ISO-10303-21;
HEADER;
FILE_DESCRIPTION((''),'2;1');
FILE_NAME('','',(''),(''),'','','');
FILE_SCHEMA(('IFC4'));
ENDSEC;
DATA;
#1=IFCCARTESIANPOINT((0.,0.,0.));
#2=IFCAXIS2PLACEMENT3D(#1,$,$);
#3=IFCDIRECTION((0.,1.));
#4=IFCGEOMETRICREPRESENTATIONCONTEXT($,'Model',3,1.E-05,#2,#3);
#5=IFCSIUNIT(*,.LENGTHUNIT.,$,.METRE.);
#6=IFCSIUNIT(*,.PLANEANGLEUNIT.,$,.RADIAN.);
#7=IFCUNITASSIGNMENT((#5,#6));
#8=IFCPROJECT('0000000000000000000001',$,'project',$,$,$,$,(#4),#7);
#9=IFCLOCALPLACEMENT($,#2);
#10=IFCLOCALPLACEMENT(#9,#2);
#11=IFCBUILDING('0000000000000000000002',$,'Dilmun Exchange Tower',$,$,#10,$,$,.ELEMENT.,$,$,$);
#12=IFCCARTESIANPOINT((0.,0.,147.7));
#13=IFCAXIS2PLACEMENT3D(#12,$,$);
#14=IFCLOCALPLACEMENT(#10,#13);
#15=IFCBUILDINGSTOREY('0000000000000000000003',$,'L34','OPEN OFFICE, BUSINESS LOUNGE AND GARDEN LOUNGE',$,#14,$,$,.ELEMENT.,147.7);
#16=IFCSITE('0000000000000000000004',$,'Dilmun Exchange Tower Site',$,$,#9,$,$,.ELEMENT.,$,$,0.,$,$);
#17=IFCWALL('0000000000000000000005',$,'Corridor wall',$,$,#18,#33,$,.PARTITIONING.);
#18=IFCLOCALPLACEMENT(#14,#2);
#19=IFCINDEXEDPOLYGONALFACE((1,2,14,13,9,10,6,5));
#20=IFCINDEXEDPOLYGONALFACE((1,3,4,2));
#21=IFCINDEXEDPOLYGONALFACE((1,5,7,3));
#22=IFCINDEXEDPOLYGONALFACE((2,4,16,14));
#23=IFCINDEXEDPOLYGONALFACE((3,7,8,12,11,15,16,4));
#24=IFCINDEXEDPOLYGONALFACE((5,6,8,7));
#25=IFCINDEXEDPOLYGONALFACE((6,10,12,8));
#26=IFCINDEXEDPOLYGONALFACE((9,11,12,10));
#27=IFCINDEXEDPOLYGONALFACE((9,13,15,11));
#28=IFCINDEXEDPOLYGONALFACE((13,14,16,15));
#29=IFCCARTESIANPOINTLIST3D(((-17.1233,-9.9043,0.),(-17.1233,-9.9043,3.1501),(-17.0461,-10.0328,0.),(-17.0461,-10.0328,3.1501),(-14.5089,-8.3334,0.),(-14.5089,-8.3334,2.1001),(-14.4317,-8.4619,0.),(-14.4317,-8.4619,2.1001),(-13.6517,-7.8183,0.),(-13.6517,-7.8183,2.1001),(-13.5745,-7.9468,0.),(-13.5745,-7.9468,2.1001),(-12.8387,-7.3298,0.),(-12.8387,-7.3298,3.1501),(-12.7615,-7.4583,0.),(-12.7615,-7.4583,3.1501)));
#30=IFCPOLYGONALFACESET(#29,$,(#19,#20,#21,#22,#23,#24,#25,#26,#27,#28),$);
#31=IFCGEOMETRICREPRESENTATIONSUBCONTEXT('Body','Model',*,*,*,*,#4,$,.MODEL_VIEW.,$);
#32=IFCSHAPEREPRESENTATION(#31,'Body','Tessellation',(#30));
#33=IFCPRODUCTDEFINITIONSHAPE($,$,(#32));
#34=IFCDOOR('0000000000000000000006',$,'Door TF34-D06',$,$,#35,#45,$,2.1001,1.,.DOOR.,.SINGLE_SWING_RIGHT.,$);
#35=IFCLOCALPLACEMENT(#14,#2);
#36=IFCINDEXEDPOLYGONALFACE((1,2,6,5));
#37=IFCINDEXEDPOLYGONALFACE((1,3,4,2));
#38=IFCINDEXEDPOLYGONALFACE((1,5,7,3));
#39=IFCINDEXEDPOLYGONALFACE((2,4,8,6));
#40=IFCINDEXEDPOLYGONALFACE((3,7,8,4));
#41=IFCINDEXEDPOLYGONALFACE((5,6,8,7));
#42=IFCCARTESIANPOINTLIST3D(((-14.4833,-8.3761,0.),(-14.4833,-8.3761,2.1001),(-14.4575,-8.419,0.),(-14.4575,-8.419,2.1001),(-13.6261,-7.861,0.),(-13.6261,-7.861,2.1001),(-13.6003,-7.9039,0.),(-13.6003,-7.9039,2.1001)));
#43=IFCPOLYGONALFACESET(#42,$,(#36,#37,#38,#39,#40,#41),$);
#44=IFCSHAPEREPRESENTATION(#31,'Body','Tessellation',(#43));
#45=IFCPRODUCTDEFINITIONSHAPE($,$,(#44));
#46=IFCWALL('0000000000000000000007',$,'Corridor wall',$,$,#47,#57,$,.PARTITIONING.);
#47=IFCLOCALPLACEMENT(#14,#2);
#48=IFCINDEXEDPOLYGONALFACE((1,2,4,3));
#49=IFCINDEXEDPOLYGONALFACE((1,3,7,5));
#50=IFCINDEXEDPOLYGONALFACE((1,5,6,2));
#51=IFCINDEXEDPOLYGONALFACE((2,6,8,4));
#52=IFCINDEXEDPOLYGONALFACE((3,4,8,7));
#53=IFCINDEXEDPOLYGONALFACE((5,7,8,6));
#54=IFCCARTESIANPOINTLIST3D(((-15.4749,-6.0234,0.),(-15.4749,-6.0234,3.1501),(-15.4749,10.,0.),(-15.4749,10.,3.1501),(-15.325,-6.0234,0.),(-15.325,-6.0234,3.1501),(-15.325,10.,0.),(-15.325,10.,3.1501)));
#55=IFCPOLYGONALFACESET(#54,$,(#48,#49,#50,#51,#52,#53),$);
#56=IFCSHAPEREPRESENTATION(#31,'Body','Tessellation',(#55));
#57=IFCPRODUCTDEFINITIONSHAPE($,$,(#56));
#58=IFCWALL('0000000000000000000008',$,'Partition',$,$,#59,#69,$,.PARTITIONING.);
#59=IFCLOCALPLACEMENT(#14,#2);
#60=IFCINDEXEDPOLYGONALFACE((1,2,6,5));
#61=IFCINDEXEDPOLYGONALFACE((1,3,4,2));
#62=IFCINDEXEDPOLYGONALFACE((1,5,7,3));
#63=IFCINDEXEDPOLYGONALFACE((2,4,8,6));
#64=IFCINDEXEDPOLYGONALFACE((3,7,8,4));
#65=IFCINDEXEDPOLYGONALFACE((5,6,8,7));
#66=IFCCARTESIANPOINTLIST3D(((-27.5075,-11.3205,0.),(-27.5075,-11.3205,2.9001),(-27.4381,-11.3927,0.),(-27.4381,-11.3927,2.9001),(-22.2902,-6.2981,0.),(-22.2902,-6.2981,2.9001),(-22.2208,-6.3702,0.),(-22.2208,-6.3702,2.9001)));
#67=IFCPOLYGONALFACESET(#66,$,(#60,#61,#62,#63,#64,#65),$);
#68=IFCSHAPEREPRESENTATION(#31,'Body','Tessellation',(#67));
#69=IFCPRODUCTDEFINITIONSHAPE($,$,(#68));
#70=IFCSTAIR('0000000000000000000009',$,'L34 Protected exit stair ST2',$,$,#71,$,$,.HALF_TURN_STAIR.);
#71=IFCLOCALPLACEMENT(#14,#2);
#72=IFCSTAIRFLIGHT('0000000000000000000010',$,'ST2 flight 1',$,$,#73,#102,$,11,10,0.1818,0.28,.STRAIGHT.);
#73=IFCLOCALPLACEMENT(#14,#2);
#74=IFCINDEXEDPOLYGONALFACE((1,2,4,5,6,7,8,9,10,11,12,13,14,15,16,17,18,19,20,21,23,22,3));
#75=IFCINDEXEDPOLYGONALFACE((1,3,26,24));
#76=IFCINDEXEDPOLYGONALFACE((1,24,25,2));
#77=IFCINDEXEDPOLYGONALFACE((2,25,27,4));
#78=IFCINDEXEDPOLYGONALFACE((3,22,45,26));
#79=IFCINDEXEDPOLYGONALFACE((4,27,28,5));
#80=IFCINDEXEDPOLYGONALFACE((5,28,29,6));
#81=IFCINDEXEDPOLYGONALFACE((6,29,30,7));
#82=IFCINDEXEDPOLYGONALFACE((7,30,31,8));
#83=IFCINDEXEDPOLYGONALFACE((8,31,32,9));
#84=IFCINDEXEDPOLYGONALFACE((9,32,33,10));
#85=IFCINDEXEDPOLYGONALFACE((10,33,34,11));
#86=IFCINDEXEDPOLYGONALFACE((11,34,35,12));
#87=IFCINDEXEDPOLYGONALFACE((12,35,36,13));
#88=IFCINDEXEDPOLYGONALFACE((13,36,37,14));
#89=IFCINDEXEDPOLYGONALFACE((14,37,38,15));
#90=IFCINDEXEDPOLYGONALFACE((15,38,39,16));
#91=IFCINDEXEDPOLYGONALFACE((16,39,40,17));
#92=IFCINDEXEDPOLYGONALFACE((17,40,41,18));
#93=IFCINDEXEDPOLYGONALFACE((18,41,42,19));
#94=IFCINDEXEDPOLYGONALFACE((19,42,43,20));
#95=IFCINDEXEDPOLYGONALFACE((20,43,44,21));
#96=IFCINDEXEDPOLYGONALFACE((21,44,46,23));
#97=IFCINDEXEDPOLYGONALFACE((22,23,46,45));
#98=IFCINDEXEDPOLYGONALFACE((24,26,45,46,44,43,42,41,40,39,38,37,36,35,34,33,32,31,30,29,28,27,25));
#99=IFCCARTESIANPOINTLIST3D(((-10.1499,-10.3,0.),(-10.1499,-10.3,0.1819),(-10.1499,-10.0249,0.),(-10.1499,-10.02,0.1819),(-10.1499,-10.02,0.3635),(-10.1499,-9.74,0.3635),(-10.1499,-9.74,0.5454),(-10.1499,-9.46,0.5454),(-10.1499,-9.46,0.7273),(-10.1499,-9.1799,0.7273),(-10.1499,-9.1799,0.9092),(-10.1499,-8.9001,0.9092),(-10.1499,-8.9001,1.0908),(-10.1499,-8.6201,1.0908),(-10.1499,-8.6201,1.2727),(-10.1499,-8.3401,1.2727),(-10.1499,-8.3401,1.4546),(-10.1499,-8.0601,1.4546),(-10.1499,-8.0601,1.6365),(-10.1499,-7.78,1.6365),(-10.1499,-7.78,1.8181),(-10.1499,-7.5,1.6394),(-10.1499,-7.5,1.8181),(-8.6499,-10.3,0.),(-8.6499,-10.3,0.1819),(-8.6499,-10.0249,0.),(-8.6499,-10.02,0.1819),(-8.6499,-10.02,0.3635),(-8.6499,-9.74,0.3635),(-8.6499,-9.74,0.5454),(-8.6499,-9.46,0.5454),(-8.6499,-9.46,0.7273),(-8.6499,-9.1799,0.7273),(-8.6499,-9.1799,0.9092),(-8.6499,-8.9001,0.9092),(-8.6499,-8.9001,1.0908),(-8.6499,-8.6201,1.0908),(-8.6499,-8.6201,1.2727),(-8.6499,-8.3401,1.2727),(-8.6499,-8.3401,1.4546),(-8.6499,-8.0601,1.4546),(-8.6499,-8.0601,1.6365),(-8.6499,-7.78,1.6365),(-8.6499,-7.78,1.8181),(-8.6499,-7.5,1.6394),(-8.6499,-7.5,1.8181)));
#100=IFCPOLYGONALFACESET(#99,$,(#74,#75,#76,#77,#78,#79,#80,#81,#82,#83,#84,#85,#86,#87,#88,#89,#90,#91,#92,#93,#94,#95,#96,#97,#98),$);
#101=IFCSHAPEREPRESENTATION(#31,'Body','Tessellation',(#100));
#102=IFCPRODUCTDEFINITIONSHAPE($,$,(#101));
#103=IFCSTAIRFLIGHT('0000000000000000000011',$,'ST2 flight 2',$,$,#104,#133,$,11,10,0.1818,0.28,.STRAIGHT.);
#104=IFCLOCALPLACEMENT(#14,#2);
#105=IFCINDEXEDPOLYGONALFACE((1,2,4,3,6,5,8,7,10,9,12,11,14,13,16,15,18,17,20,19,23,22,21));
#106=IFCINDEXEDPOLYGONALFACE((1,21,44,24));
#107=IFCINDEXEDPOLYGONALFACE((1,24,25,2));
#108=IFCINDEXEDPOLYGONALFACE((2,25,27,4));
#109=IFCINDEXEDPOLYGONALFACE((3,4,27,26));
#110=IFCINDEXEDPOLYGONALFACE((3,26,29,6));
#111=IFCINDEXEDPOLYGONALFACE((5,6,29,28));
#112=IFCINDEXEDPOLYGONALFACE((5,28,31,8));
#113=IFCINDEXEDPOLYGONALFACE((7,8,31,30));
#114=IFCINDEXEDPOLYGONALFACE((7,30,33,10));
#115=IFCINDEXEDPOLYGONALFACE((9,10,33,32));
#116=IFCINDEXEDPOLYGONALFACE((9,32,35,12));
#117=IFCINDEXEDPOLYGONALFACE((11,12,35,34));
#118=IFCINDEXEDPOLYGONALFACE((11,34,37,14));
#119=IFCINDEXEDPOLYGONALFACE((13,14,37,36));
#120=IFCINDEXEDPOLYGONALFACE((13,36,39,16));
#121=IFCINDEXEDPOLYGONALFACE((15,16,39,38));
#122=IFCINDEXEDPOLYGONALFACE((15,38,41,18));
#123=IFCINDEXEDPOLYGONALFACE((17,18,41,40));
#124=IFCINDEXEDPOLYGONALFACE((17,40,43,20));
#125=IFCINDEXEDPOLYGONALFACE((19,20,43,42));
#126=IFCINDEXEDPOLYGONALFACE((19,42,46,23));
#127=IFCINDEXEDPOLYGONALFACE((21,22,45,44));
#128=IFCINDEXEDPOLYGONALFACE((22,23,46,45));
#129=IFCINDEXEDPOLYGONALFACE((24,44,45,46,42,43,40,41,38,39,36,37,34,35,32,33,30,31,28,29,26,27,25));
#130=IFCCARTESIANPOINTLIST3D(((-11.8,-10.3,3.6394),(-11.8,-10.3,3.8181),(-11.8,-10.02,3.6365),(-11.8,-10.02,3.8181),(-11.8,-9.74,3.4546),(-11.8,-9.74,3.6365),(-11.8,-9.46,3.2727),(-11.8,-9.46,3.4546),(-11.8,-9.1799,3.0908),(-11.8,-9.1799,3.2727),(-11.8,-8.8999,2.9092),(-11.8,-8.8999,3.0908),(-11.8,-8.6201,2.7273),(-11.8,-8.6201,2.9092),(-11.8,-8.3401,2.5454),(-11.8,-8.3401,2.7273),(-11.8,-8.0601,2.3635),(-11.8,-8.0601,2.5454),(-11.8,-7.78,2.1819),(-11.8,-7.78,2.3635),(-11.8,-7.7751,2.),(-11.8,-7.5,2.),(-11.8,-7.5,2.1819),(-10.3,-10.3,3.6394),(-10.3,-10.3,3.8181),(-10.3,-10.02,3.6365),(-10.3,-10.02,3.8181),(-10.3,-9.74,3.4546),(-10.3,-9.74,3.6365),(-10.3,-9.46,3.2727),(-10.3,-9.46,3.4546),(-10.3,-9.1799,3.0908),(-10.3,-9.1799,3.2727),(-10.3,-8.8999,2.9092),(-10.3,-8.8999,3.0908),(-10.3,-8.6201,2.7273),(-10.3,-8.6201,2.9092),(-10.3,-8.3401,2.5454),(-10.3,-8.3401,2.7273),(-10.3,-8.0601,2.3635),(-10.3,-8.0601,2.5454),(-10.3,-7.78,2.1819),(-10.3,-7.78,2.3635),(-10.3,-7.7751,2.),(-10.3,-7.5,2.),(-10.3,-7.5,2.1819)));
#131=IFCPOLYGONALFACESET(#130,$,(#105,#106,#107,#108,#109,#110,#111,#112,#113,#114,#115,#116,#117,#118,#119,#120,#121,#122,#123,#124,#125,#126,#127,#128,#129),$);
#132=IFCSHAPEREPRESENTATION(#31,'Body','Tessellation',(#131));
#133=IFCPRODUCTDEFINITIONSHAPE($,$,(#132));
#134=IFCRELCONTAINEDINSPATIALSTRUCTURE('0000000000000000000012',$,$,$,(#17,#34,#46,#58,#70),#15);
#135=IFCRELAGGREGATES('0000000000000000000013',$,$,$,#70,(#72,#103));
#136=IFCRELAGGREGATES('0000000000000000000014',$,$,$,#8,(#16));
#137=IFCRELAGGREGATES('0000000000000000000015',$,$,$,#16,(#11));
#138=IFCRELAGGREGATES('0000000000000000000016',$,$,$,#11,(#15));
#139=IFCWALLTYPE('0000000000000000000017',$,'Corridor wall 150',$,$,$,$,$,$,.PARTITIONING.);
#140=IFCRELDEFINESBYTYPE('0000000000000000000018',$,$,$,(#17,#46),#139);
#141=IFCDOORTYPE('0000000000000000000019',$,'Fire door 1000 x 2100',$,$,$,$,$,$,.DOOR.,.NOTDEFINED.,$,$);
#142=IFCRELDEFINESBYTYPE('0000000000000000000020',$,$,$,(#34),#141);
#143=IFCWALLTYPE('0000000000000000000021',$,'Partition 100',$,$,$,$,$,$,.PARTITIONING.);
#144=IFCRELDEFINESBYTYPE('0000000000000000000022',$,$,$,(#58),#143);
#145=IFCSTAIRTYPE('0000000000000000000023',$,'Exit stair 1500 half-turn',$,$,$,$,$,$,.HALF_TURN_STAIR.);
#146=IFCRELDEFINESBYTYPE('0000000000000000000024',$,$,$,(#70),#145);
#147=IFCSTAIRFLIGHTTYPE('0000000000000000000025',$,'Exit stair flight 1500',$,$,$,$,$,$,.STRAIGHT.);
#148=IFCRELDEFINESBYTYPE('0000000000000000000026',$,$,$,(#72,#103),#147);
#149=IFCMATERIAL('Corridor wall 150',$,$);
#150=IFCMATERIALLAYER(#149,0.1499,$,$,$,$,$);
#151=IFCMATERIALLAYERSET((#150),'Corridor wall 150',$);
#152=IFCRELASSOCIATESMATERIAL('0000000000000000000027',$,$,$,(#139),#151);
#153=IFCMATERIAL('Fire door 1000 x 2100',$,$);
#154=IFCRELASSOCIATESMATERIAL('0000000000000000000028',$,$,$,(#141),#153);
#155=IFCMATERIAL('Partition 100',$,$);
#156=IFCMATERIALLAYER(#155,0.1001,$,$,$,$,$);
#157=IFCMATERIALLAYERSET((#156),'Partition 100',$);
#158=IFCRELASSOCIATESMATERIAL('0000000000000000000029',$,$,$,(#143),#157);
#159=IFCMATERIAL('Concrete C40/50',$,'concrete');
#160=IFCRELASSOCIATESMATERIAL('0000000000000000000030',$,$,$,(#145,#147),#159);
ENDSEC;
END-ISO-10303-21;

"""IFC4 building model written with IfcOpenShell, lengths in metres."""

from ifc_helpers import new_model, si_unit, direction, frame, frame_2d, origin, place, context, subcontext, project, spatial, polyline, rectangle, outline, extrude, material, layer, layer_set, type_object, element, fill, aggregate, save


model = new_model("IFC4")

# Units and contexts
model_context = context("Model", 3, precision=1e-05, world=origin(), true_north=direction((0.0, 1.0)))
body_context = subcontext(model_context, "Body", "Model", "MODEL_VIEW")
ifc_project = project(units=[si_unit("LENGTHUNIT", "METRE"), si_unit("PLANEANGLEUNIT", "RADIAN")], contexts=[model_context])

# Site, building, storey
site_placement = place(None, origin())
site = spatial("IfcSite", under=ifc_project, at=site_placement, Name="Dilmun Exchange Tower Site", CompositionType="ELEMENT", RefElevation=0.0)
building_placement = place(site_placement, origin())
building = spatial("IfcBuilding", under=site, at=building_placement, Name="Dilmun Exchange Tower", CompositionType="ELEMENT")
storey_placement = place(building_placement, frame((0.0, 0.0, 147.7)))
storey = spatial("IfcBuildingStorey", under=building, at=storey_placement, Name="L34", Description="OPEN OFFICE, BUSINESS LOUNGE AND GARDEN LOUNGE", CompositionType="ELEMENT", Elevation=147.7)

# Shared definitions
ifc_material_1 = material(Name="Concrete C40/50", Category="concrete")

# Shared definitions
ifc_material_2 = material(Name="Corridor wall 150")
ifc_layer_1 = layer(ifc_material_2, 0.1499)
ifc_layer_set_1 = layer_set([ifc_layer_1], Name="Corridor wall 150")
wall_type_1 = type_object("IfcWallType", Name="Corridor wall 150", PredefinedType="PARTITIONING", material=ifc_layer_set_1)
ifc_material_3 = material(Name="Fire door 1000 x 2100")
door_type_1 = type_object("IfcDoorType", Name="Fire door 1000 x 2100", OperationType="NOTDEFINED", PredefinedType="DOOR", material=ifc_material_3)

# Wall, opening, door
wall_1_placement = place(storey_placement, frame((-17.0847, -9.9685, 0.0), z_axis=(0.0, 0.0, 1.0), x_axis=(0.85717, 0.515034, 0.0)))
wall_1 = element("IfcWall", 1, at=wall_1_placement, inside=storey, type_object=wall_type_1, Name="Corridor wall", PredefinedType="PARTITIONING", context=body_context, shape_type="SweptSolid", body=[
    extrude(rectangle(XDim=4.9985, YDim=0.1499, at=frame_2d((2.4993, 0.0))), origin(), (0.0, 0.0, 1.0), 3.1501),
])
opening_1_placement = place(wall_1_placement, frame((3.05, 0.0, 0.0)))
opening_1 = element("IfcOpeningElement", 2, at=opening_1_placement, cuts=wall_1, PredefinedType="OPENING", context=body_context, shape_type="SweptSolid", body=[
    extrude(rectangle(XDim=1.0, YDim=2.1001, at=frame_2d((0.5, 1.05))), frame((0.0, 0.085, 0.0), z_axis=(0.0, -1.0, 0.0), x_axis=(1.0, 0.0, 0.0)), (0.0, 0.0, 1.0), 0.1699),
])
door_1_placement = place(opening_1_placement, frame((1.0, 0.0, 0.0), z_axis=(0.0, 0.0, 1.0), x_axis=(-1.0, 0.0, 0.0)))
door_1 = element("IfcDoor", 3, at=door_1_placement, inside=storey, type_object=door_type_1, Name="Door TF34-D06", OperationType="SINGLE_SWING_RIGHT", OverallHeight=2.1001, OverallWidth=1.0, PredefinedType="DOOR", context=body_context, shape_type="SweptSolid", body=[
    extrude(rectangle(XDim=1.0, YDim=2.1001, at=frame_2d((0.5, 1.05))), frame((0.0, 0.0249, 0.0), z_axis=(0.0, -1.0, 0.0), x_axis=(1.0, 0.0, 0.0)), (0.0, 0.0, 1.0), 0.05),
])
fill(opening_1, door_1)

# Walls
wall_2_placement = place(storey_placement, frame((-15.3999, -6.0234, 0.0), z_axis=(0.0, 0.0, 1.0), x_axis=(0.0, 1.0, 0.0)))
element("IfcWall", 4, at=wall_2_placement, inside=storey, type_object=wall_type_1, Name="Corridor wall", PredefinedType="PARTITIONING", context=body_context, shape_type="SweptSolid", body=[
    extrude(rectangle(XDim=16.0234, YDim=0.1499, at=frame_2d((8.0117, 0.0))), origin(), (0.0, 0.0, 1.0), 3.1501),
])
ifc_material_4 = material(Name="Partition 100")
ifc_layer_2 = layer(ifc_material_4, 0.1001)
ifc_layer_set_2 = layer_set([ifc_layer_2], Name="Partition 100")
wall_type_2 = type_object("IfcWallType", Name="Partition 100", PredefinedType="PARTITIONING", material=ifc_layer_set_2)
wall_3_placement = place(storey_placement, frame((-27.4729, -11.3567, 0.0), z_axis=(0.0, 0.0, 1.0), x_axis=(0.72043, 0.693528, 0.0)))
element("IfcWall", 5, at=wall_3_placement, inside=storey, type_object=wall_type_2, Name="Partition", PredefinedType="PARTITIONING", context=body_context, shape_type="SweptSolid", body=[
    extrude(rectangle(XDim=7.2419, YDim=0.1001, at=frame_2d((3.6211, 0.0))), origin(), (0.0, 0.0, 1.0), 2.9001),
])

# Stair, stair flights
stair_type = type_object("IfcStairType", Name="Exit stair 1500 half-turn", PredefinedType="HALF_TURN_STAIR", material=ifc_material_1)
stair_placement = place(storey_placement, origin())
stair = element("IfcStair", 6, at=stair_placement, inside=storey, type_object=stair_type, Name="L34 Protected exit stair ST2", PredefinedType="HALF_TURN_STAIR")
stair_flight_type = type_object("IfcStairFlightType", Name="Exit stair flight 1500", PredefinedType="STRAIGHT", material=ifc_material_1)
stair_flight_1_placement = place(storey_placement, frame((-9.3999, -10.3, 0.0), z_axis=(0.0, 0.0, 1.0), x_axis=(0.0, 1.0, 0.0)))
stair_flight_1 = element("IfcStairFlight", 7, at=stair_flight_1_placement, type_object=stair_flight_type, Name="ST2 flight 1", NumberOfRisers=11, NumberOfTreads=10, PredefinedType="STRAIGHT", RiserHeight=0.1818, TreadLength=0.28, context=body_context, shape_type="SweptSolid", body=[
    extrude(outline(polyline([(0.0, 0.0), (0.0, 0.1819), (0.28, 0.1819), (0.28, 0.3635), (0.5601, 0.3635), (0.5601, 0.5454), (0.8401, 0.5454), (0.8401, 0.7273), (1.1201, 0.7273), (1.1201, 0.9092), (1.3999, 0.9092), (1.3999, 1.0908), (1.6799, 1.0908), (1.6799, 1.2727), (1.96, 1.2727), (1.96, 1.4546), (2.24, 1.4546), (2.24, 1.6365), (2.52, 1.6365), (2.52, 1.8181), (2.8, 1.8181), (2.8, 2.0), (2.8, 1.6394), (0.2751, 0.0), (0.0, 0.0)])), frame((0.0, 0.75, 0.0), z_axis=(0.0, -1.0, 0.0), x_axis=(1.0, 0.0, 0.0)), (0.0, 0.0, 1.0), 1.5),
])
stair_flight_2_placement = place(storey_placement, frame((-11.05, -7.5, 2.0), z_axis=(0.0, 0.0, 1.0), x_axis=(0.0, -1.0, 0.0)))
stair_flight_2 = element("IfcStairFlight", 8, at=stair_flight_2_placement, type_object=stair_flight_type, Name="ST2 flight 2", NumberOfRisers=11, NumberOfTreads=10, PredefinedType="STRAIGHT", RiserHeight=0.1818, TreadLength=0.28, context=body_context, shape_type="SweptSolid", body=[
    extrude(outline(polyline([(0.0, 0.0), (0.0, 0.1819), (0.28, 0.1819), (0.28, 0.3635), (0.5601, 0.3635), (0.5601, 0.5454), (0.8401, 0.5454), (0.8401, 0.7273), (1.1201, 0.7273), (1.1201, 0.9092), (1.3999, 0.9092), (1.3999, 1.0908), (1.6799, 1.0908), (1.6799, 1.2727), (1.96, 1.2727), (1.96, 1.4546), (2.24, 1.4546), (2.24, 1.6365), (2.52, 1.6365), (2.52, 1.8181), (2.8, 1.8181), (2.8, 2.0), (2.8, 1.6394), (0.2751, 0.0), (0.0, 0.0)])), frame((0.0, 0.75, 0.0), z_axis=(0.0, -1.0, 0.0), x_axis=(1.0, 0.0, 0.0)), (0.0, 0.0, 1.0), 1.5),
])
aggregate(stair, [stair_flight_1, stair_flight_2])

save(model, "model.ifc")
